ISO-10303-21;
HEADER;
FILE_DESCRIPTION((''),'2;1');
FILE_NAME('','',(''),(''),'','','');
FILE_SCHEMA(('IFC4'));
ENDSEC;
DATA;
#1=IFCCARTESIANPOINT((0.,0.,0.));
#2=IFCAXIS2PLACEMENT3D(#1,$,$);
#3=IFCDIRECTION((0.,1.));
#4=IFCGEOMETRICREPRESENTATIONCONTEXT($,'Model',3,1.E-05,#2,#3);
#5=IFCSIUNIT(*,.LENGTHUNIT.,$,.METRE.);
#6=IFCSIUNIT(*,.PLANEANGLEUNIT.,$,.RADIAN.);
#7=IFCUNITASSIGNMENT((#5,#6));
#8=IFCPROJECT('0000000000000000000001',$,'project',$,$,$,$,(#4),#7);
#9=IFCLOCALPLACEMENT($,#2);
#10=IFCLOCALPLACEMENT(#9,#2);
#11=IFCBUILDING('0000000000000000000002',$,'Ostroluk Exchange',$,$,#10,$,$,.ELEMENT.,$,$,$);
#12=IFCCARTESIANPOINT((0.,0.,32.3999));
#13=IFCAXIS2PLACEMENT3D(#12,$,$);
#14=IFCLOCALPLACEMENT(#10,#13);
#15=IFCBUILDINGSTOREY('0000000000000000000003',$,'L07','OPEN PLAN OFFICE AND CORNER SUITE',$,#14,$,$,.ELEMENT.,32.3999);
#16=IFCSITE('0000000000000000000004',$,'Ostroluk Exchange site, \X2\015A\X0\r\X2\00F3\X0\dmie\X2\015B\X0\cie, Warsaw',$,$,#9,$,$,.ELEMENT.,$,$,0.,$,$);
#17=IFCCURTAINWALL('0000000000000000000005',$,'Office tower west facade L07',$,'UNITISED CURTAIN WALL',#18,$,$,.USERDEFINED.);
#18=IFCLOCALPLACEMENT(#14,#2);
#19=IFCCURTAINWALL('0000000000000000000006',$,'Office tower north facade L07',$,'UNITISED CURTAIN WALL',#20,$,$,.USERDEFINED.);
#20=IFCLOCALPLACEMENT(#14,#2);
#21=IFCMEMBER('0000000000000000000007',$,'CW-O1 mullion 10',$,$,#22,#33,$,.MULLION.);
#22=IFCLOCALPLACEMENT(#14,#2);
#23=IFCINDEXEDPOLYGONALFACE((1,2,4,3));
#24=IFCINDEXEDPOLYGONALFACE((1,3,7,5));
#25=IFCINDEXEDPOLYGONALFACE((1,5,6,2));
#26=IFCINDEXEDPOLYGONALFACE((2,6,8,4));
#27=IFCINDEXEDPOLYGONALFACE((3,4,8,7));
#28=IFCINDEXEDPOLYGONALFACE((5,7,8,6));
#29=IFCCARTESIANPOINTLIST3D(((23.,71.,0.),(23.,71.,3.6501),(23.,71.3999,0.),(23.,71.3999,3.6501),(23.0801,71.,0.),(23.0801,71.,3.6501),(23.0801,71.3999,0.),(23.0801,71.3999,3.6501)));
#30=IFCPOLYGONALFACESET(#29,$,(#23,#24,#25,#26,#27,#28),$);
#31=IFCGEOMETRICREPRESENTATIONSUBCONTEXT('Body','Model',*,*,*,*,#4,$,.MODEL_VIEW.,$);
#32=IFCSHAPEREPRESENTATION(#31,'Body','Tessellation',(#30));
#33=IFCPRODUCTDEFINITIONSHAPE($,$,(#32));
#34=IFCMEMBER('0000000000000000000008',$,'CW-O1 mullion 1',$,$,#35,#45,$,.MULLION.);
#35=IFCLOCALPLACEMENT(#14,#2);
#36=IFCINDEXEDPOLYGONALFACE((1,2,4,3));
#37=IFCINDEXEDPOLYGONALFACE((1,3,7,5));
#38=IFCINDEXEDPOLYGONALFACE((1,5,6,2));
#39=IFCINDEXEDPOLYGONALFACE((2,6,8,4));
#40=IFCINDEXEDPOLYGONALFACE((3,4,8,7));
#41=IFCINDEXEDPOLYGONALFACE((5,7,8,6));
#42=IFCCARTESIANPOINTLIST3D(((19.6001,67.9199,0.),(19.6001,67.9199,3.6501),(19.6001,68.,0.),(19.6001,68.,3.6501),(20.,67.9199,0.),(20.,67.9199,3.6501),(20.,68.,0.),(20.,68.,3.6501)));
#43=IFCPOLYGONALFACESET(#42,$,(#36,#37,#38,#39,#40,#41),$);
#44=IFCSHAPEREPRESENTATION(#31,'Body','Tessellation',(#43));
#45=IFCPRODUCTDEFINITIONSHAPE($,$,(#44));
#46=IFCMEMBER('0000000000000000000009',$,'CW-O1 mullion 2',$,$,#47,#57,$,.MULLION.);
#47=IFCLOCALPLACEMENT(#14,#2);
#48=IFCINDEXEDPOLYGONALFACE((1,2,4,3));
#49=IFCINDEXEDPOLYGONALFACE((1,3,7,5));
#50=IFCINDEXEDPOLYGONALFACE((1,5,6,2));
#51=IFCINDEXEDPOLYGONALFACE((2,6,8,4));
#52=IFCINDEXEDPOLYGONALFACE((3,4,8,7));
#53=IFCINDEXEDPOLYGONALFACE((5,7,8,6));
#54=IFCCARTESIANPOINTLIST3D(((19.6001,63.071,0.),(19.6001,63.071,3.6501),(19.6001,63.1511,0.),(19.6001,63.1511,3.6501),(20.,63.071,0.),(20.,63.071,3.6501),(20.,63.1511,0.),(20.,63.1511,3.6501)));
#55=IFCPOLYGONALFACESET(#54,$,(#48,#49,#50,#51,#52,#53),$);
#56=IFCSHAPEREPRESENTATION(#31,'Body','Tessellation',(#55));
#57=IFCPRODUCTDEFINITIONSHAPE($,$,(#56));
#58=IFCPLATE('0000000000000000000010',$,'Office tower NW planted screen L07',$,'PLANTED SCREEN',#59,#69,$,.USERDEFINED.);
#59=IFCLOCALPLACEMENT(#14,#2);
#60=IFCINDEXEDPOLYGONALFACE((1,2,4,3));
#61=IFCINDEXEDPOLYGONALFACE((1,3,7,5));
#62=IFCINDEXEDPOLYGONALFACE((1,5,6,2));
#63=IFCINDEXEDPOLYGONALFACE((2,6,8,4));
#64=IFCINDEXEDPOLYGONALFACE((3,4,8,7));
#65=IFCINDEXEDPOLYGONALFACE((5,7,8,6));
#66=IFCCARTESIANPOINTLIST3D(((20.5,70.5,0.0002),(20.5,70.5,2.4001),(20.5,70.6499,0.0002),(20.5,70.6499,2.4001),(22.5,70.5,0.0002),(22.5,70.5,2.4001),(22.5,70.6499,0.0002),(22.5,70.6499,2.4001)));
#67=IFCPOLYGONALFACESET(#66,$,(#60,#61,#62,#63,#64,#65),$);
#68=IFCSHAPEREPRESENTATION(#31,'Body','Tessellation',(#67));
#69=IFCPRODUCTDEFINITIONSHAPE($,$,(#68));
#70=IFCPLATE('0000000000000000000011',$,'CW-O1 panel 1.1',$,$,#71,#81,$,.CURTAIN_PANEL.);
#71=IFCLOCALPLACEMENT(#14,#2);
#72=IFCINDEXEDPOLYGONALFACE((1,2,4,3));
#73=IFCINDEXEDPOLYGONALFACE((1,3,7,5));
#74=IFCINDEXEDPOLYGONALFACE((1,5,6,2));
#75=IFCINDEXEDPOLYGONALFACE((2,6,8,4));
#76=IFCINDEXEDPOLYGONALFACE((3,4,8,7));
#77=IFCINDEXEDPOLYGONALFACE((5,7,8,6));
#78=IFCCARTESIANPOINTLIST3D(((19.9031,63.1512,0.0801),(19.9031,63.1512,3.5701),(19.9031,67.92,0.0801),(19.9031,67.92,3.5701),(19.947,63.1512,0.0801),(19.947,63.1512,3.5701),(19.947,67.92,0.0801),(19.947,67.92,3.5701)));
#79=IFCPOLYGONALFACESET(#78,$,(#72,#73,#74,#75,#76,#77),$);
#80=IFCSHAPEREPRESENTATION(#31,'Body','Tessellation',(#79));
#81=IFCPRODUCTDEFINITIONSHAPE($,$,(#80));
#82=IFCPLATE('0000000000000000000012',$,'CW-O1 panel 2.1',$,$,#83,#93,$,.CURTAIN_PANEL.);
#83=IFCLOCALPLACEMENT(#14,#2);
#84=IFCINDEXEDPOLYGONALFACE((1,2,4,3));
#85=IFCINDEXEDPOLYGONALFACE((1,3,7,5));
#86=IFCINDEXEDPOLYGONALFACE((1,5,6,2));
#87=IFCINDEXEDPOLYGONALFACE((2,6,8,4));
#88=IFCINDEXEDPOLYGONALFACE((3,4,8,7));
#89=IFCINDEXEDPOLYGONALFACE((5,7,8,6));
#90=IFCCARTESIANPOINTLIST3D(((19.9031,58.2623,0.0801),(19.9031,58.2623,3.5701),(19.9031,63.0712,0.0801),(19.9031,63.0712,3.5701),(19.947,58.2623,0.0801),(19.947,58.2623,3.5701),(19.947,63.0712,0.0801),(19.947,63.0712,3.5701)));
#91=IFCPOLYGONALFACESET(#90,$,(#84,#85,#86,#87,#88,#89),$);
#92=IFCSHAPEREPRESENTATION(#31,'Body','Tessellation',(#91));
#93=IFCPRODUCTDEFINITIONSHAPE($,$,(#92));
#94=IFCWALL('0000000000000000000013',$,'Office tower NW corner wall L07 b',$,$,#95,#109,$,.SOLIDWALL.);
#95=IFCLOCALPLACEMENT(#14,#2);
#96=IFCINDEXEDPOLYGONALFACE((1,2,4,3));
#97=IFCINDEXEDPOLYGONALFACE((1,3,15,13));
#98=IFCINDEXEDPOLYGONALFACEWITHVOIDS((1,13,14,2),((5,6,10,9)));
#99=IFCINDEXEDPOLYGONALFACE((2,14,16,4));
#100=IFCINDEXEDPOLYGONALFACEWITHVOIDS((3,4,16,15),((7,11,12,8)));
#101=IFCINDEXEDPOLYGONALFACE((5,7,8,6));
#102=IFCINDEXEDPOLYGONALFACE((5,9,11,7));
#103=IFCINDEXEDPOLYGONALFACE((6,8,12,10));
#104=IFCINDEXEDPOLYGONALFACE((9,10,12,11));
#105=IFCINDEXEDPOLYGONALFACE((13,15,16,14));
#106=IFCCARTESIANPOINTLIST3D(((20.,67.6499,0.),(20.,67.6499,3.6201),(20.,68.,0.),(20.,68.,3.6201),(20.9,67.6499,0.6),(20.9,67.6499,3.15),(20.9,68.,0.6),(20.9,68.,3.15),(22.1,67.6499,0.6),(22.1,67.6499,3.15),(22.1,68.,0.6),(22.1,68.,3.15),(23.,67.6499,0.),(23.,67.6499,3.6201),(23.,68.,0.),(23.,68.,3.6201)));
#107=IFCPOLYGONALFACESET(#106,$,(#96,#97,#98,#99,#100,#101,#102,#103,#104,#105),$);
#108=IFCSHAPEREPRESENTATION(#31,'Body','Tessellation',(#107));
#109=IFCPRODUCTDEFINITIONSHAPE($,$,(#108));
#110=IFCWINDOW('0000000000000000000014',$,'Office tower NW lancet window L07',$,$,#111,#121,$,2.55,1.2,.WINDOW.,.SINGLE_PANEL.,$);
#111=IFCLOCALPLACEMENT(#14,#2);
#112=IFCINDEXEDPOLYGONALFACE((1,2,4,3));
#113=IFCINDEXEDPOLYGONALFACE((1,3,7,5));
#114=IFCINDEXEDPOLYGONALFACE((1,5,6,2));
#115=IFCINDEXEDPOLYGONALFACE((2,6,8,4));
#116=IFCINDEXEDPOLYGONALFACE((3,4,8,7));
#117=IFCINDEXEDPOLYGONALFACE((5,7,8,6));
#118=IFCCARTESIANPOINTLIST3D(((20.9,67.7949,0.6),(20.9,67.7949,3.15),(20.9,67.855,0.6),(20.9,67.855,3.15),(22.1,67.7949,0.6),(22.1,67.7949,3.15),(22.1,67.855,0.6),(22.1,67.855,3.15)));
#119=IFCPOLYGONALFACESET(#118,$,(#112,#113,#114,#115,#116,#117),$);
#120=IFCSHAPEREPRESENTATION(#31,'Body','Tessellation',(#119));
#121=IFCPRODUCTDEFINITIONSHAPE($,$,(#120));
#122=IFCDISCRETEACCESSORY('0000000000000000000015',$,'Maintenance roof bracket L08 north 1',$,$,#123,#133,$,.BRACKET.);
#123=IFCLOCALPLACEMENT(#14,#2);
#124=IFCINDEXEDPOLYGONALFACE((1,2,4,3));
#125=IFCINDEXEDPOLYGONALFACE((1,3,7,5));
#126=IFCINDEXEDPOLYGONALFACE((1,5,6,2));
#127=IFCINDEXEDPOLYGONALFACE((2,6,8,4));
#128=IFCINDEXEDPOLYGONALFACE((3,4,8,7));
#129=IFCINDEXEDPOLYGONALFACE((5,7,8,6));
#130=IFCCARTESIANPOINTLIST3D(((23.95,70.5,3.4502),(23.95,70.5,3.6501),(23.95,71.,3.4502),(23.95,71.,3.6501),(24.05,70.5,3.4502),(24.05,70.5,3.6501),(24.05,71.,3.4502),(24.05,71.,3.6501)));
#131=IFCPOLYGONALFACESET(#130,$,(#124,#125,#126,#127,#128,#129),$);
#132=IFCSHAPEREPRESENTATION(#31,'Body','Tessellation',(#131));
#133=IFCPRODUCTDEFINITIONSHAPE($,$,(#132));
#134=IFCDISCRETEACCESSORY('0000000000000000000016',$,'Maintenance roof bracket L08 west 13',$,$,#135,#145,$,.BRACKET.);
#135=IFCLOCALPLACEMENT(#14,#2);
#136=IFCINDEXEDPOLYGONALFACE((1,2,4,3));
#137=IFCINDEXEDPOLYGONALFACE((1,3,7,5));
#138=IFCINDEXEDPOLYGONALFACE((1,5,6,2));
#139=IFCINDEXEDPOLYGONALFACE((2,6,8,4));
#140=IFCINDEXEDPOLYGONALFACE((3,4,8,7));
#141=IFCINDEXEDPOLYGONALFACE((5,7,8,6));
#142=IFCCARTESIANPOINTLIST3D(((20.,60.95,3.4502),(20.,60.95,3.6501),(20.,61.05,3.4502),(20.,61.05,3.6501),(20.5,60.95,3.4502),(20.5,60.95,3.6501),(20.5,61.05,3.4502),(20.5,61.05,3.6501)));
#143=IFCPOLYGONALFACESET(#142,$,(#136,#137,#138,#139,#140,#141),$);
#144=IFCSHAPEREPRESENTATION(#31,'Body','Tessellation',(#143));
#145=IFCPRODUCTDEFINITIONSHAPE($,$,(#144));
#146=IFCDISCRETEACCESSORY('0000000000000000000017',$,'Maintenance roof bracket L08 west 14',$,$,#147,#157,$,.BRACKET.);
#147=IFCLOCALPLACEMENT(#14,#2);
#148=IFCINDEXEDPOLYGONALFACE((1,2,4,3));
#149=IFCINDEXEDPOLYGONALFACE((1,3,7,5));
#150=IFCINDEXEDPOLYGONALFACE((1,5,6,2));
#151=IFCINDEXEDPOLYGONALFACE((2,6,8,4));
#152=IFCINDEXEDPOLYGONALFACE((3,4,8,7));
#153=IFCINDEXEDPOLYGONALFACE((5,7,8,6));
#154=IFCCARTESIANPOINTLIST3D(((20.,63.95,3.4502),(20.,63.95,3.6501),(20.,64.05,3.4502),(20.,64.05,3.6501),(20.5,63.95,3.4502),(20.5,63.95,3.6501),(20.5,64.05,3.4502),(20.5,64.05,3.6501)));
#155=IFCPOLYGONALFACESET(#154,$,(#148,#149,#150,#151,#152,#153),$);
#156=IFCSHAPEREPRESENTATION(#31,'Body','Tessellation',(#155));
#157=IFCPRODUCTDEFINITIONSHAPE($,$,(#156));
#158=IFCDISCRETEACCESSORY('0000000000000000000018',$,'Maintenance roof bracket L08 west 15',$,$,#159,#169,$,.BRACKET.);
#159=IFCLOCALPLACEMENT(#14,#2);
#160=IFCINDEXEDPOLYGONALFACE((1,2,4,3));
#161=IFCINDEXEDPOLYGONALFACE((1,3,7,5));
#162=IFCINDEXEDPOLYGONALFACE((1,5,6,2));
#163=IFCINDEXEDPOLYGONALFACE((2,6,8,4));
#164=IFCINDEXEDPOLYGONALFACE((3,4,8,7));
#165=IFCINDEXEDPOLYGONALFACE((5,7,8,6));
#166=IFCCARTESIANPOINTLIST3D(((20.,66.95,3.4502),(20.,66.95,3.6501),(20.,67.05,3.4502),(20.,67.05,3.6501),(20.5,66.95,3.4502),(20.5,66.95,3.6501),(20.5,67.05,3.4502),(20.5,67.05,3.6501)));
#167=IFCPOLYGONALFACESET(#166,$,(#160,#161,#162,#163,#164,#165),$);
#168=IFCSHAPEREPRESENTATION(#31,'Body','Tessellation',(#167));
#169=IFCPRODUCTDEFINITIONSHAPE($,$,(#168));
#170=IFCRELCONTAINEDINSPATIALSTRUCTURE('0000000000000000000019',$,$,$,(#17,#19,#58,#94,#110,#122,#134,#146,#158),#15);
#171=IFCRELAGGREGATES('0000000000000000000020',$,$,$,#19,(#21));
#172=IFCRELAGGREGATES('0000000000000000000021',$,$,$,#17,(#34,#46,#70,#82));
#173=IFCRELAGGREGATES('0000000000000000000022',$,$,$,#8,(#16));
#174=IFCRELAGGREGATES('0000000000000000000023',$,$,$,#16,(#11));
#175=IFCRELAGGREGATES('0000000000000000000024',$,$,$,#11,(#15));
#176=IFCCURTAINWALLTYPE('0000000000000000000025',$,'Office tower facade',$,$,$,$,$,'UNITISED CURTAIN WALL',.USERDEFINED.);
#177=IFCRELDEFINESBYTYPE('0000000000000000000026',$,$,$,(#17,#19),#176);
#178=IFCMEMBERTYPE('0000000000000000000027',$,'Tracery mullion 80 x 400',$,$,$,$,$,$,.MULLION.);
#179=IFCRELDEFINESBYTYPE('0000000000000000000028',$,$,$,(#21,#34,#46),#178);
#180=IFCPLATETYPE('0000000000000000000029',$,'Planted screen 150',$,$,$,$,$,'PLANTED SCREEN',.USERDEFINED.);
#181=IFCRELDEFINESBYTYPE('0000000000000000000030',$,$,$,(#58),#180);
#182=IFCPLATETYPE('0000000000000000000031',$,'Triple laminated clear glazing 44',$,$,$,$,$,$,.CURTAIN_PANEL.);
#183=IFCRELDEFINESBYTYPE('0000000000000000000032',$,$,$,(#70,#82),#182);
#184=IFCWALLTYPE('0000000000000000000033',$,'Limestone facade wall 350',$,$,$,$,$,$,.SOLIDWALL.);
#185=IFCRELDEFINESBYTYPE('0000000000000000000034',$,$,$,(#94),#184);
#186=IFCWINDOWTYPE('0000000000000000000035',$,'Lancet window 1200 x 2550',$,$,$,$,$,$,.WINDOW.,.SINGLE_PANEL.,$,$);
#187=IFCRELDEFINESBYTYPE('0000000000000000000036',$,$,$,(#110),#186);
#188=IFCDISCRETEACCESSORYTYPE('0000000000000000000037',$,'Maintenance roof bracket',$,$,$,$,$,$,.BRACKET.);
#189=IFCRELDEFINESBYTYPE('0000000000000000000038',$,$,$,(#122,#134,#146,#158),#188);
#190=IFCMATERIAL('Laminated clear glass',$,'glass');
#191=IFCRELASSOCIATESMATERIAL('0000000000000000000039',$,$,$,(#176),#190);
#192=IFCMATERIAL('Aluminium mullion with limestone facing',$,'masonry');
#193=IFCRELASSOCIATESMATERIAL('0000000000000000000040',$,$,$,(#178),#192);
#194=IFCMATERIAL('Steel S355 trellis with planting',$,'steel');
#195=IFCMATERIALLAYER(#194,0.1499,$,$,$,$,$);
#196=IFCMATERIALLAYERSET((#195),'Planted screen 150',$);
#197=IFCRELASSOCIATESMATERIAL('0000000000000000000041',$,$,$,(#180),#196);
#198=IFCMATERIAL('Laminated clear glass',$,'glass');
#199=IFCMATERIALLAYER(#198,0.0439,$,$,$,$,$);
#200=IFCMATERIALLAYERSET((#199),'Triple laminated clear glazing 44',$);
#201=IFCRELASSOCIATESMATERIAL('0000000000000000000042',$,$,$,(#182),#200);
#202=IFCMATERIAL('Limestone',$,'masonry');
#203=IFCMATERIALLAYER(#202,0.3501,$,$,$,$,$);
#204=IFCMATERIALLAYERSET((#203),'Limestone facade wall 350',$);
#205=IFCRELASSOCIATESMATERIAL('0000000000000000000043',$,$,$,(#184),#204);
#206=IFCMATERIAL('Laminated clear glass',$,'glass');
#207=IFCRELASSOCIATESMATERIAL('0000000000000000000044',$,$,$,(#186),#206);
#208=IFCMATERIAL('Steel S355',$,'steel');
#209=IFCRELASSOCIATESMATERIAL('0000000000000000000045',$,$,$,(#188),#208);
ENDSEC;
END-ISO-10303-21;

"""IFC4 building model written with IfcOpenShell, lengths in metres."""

from ifc_helpers import new_model, si_unit, direction, frame, frame_2d, origin, origin_2d, place, context, subcontext, project, spatial, rectangle, extrude, material, layer, layer_set, material_profile, profile_set, type_object, element, fill, aggregate, save


model = new_model("IFC4")

# Units and contexts
model_context = context("Model", 3, precision=1e-05, world=origin(), true_north=direction((0.0, 1.0)))
body_context = subcontext(model_context, "Body", "Model", "MODEL_VIEW")
ifc_project = project(units=[si_unit("LENGTHUNIT", "METRE"), si_unit("PLANEANGLEUNIT", "RADIAN")], contexts=[model_context])

# Site, building, storey
site_placement = place(None, origin())
site = spatial("IfcSite", under=ifc_project, at=site_placement, Name="Ostroluk Exchange site, Śródmieście, Warsaw", CompositionType="ELEMENT", RefElevation=0.0)
building_placement = place(site_placement, origin())
building = spatial("IfcBuilding", under=site, at=building_placement, Name="Ostroluk Exchange", CompositionType="ELEMENT")
storey_placement = place(building_placement, frame((0.0, 0.0, 32.3999)))
storey = spatial("IfcBuildingStorey", under=building, at=storey_placement, Name="L07", Description="OPEN PLAN OFFICE AND CORNER SUITE", CompositionType="ELEMENT", Elevation=32.3999)

# Curtain wall
ifc_material_1 = material(Name="Laminated clear glass", Category="glass")
curtain_wall_type = type_object("IfcCurtainWallType", Name="Office tower facade", ElementType="UNITISED CURTAIN WALL", PredefinedType="USERDEFINED", material=ifc_material_1)
curtain_wall_1_placement = place(storey_placement, origin())
curtain_wall_1 = element("IfcCurtainWall", 1, at=curtain_wall_1_placement, inside=storey, type_object=curtain_wall_type, Name="Office tower west facade L07", ObjectType="UNITISED CURTAIN WALL", PredefinedType="USERDEFINED")

# Curtain wall, member
curtain_wall_2_placement = place(storey_placement, origin())
curtain_wall_2 = element("IfcCurtainWall", 2, at=curtain_wall_2_placement, inside=storey, type_object=curtain_wall_type, Name="Office tower north facade L07", ObjectType="UNITISED CURTAIN WALL", PredefinedType="USERDEFINED")
ifc_material_2 = material(Name="Aluminium mullion with limestone facing", Category="masonry")
ifc_material_profile_1 = material_profile(ifc_material_2, rectangle(XDim=0.3999, YDim=0.0801, at=origin_2d()), Name="Tracery mullion 80 x 400")
ifc_profile_set_1 = profile_set([ifc_material_profile_1], Name="Aluminium mullion with limestone facing")
member_type_1 = type_object("IfcMemberType", Name="Tracery mullion 80 x 400", PredefinedType="MULLION", material=ifc_profile_set_1)
member_1_placement = place(storey_placement, frame((23.04, 71.2, 0.0), z_axis=(0.0, 0.0, 1.0), x_axis=(0.0, -1.0, 0.0)))
member_1 = element("IfcMember", 3, at=member_1_placement, type_object=member_type_1, Name="CW-O1 mullion 10", PredefinedType="MULLION", context=body_context, shape_type="SweptSolid", body=[
    extrude(rectangle(XDim=0.3999, YDim=0.0801, at=origin_2d()), origin(), (0.0, 0.0, 1.0), 3.6501),
])
aggregate(curtain_wall_2, [member_1])

# Members
member_2_placement = place(storey_placement, frame((19.8, 67.96, 0.0), z_axis=(0.0, 0.0, 1.0), x_axis=(1.0, 0.0, 0.0)))
member_2 = element("IfcMember", 4, at=member_2_placement, type_object=member_type_1, Name="CW-O1 mullion 1", PredefinedType="MULLION", context=body_context, shape_type="SweptSolid", body=[
    extrude(rectangle(XDim=0.3999, YDim=0.0801, at=origin_2d()), origin(), (0.0, 0.0, 1.0), 3.6501),
])
member_3_placement = place(storey_placement, frame((19.8, 63.1111, 0.0), z_axis=(0.0, 0.0, 1.0), x_axis=(1.0, 0.0, 0.0)))
member_3 = element("IfcMember", 5, at=member_3_placement, type_object=member_type_1, Name="CW-O1 mullion 2", PredefinedType="MULLION", context=body_context, shape_type="SweptSolid", body=[
    extrude(rectangle(XDim=0.3999, YDim=0.0801, at=origin_2d()), origin(), (0.0, 0.0, 1.0), 3.6501),
])

# Plates
ifc_material_3 = material(Name="Steel S355 trellis with planting", Category="steel")
ifc_layer_1 = layer(ifc_material_3, 0.1499)
ifc_layer_set_1 = layer_set([ifc_layer_1], Name="Planted screen 150")
plate_type_1 = type_object("IfcPlateType", Name="Planted screen 150", ElementType="PLANTED SCREEN", PredefinedType="USERDEFINED", material=ifc_layer_set_1)
plate_1_placement = place(storey_placement, frame((21.5, 70.575, 0.0002), z_axis=(0.0, 0.0, 1.0), x_axis=(1.0, 0.0, 0.0)))
element("IfcPlate", 6, at=plate_1_placement, inside=storey, type_object=plate_type_1, Name="Office tower NW planted screen L07", ObjectType="PLANTED SCREEN", PredefinedType="USERDEFINED", context=body_context, shape_type="SweptSolid", body=[
    extrude(rectangle(XDim=2.0, YDim=0.1499, at=origin_2d()), origin(), (0.0, 0.0, 1.0), 2.3999),
])
ifc_material_4 = material(Name="Laminated clear glass", Category="glass")
ifc_layer_2 = layer(ifc_material_4, 0.0439)
ifc_layer_set_2 = layer_set([ifc_layer_2], Name="Triple laminated clear glazing 44")
plate_type_2 = type_object("IfcPlateType", Name="Triple laminated clear glazing 44", PredefinedType="CURTAIN_PANEL", material=ifc_layer_set_2)
plate_2_placement = place(storey_placement, frame((19.925, 65.5356, 0.0801), z_axis=(0.0, 0.0, 1.0), x_axis=(0.0, -1.0, 0.0)))
plate_2 = element("IfcPlate", 7, at=plate_2_placement, type_object=plate_type_2, Name="CW-O1 panel 1.1", PredefinedType="CURTAIN_PANEL", context=body_context, shape_type="SweptSolid", body=[
    extrude(rectangle(XDim=4.7688, YDim=0.0439, at=origin_2d()), origin(), (0.0, 0.0, 1.0), 3.49),
])
plate_3_placement = place(storey_placement, frame((19.925, 60.6667, 0.0801), z_axis=(0.0, 0.0, 1.0), x_axis=(0.0, -1.0, 0.0)))
plate_3 = element("IfcPlate", 8, at=plate_3_placement, type_object=plate_type_2, Name="CW-O1 panel 2.1", PredefinedType="CURTAIN_PANEL", context=body_context, shape_type="SweptSolid", body=[
    extrude(rectangle(XDim=4.8088, YDim=0.0439, at=origin_2d()), origin(), (0.0, 0.0, 1.0), 3.49),
])
aggregate(curtain_wall_1, [member_2, member_3, plate_2, plate_3])

# Shared definitions
ifc_material_5 = material(Name="Limestone", Category="masonry")
ifc_layer_3 = layer(ifc_material_5, 0.3501)
ifc_layer_set_3 = layer_set([ifc_layer_3], Name="Limestone facade wall 350")
wall_type = type_object("IfcWallType", Name="Limestone facade wall 350", PredefinedType="SOLIDWALL", material=ifc_layer_set_3)

# Wall, opening, window
wall_1_placement = place(storey_placement, frame((23.0, 67.825, 0.0), z_axis=(0.0, 0.0, 1.0), x_axis=(-1.0, 0.0, 0.0)))
wall_1 = element("IfcWall", 9, at=wall_1_placement, inside=storey, type_object=wall_type, Name="Office tower NW corner wall L07 b", PredefinedType="SOLIDWALL", context=body_context, shape_type="SweptSolid", body=[
    extrude(rectangle(XDim=3.0, YDim=0.3501, at=frame_2d((1.5, 0.0))), origin(), (0.0, 0.0, 1.0), 3.6201),
])
opening_1_placement = place(wall_1_placement, frame((0.8999, 0.0, 0.6001)))
opening_1 = element("IfcOpeningElement", 10, at=opening_1_placement, cuts=wall_1, PredefinedType="OPENING", context=body_context, shape_type="SweptSolid", body=[
    extrude(rectangle(XDim=1.2, YDim=2.55, at=frame_2d((0.6001, 1.2749))), frame((0.0, 0.1851, 0.0), z_axis=(0.0, -1.0, 0.0), x_axis=(1.0, 0.0, 0.0)), (0.0, 0.0, 1.0), 0.3701),
])
ifc_material_6 = material(Name="Laminated clear glass", Category="glass")
window_type = type_object("IfcWindowType", Name="Lancet window 1200 x 2550", PartitioningType="SINGLE_PANEL", PredefinedType="WINDOW", material=ifc_material_6)
window_placement = place(opening_1_placement, origin())
window = element("IfcWindow", 11, at=window_placement, inside=storey, type_object=window_type, Name="Office tower NW lancet window L07", OverallHeight=2.55, OverallWidth=1.2, PartitioningType="SINGLE_PANEL", PredefinedType="WINDOW", context=body_context, shape_type="SweptSolid", body=[
    extrude(rectangle(XDim=1.2, YDim=2.55, at=frame_2d((0.6001, 1.2749))), frame((0.0, 0.03, 0.0), z_axis=(0.0, -1.0, 0.0), x_axis=(1.0, 0.0, 0.0)), (0.0, 0.0, 1.0), 0.0601),
])
fill(opening_1, window)

# Discrete accessories
ifc_material_7 = material(Name="Steel S355", Category="steel")
discrete_accessory_type = type_object("IfcDiscreteAccessoryType", Name="Maintenance roof bracket", PredefinedType="BRACKET", material=ifc_material_7)
discrete_accessory_placement = place(storey_placement, frame((24.0, 70.75, 3.4502), z_axis=(0.0, 0.0, 1.0), x_axis=(1.0, 0.0, 0.0)))
element("IfcDiscreteAccessory", 12, at=discrete_accessory_placement, inside=storey, type_object=discrete_accessory_type, Name="Maintenance roof bracket L08 north 1", PredefinedType="BRACKET", context=body_context, shape_type="SweptSolid", body=[
    extrude(rectangle(XDim=0.1001, YDim=0.5, at=origin_2d()), origin(), (0.0, 0.0, 1.0), 0.2),
])
for number, where, z_axis, x_axis, name in (
    (13, (20.25, 61.0, 3.4502), (0.0, 0.0, 1.0), (1.0, 0.0, 0.0), "Maintenance roof bracket L08 west 13"),
    (14, (20.25, 64.0, 3.4502), (0.0, 0.0, 1.0), (1.0, 0.0, 0.0), "Maintenance roof bracket L08 west 14"),
    (15, (20.25, 67.0, 3.4502), (0.0, 0.0, 1.0), (1.0, 0.0, 0.0), "Maintenance roof bracket L08 west 15"),
):
    element("IfcDiscreteAccessory", number, at=place(storey_placement, frame(where, z_axis=z_axis, x_axis=x_axis)), inside=storey, type_object=discrete_accessory_type, Name=name, PredefinedType="BRACKET", context=body_context, shape_type="SweptSolid", body=[
        extrude(rectangle(XDim=0.5, YDim=0.1001, at=origin_2d()), origin(), (0.0, 0.0, 1.0), 0.2),
    ])

save(model, "model.ifc")
